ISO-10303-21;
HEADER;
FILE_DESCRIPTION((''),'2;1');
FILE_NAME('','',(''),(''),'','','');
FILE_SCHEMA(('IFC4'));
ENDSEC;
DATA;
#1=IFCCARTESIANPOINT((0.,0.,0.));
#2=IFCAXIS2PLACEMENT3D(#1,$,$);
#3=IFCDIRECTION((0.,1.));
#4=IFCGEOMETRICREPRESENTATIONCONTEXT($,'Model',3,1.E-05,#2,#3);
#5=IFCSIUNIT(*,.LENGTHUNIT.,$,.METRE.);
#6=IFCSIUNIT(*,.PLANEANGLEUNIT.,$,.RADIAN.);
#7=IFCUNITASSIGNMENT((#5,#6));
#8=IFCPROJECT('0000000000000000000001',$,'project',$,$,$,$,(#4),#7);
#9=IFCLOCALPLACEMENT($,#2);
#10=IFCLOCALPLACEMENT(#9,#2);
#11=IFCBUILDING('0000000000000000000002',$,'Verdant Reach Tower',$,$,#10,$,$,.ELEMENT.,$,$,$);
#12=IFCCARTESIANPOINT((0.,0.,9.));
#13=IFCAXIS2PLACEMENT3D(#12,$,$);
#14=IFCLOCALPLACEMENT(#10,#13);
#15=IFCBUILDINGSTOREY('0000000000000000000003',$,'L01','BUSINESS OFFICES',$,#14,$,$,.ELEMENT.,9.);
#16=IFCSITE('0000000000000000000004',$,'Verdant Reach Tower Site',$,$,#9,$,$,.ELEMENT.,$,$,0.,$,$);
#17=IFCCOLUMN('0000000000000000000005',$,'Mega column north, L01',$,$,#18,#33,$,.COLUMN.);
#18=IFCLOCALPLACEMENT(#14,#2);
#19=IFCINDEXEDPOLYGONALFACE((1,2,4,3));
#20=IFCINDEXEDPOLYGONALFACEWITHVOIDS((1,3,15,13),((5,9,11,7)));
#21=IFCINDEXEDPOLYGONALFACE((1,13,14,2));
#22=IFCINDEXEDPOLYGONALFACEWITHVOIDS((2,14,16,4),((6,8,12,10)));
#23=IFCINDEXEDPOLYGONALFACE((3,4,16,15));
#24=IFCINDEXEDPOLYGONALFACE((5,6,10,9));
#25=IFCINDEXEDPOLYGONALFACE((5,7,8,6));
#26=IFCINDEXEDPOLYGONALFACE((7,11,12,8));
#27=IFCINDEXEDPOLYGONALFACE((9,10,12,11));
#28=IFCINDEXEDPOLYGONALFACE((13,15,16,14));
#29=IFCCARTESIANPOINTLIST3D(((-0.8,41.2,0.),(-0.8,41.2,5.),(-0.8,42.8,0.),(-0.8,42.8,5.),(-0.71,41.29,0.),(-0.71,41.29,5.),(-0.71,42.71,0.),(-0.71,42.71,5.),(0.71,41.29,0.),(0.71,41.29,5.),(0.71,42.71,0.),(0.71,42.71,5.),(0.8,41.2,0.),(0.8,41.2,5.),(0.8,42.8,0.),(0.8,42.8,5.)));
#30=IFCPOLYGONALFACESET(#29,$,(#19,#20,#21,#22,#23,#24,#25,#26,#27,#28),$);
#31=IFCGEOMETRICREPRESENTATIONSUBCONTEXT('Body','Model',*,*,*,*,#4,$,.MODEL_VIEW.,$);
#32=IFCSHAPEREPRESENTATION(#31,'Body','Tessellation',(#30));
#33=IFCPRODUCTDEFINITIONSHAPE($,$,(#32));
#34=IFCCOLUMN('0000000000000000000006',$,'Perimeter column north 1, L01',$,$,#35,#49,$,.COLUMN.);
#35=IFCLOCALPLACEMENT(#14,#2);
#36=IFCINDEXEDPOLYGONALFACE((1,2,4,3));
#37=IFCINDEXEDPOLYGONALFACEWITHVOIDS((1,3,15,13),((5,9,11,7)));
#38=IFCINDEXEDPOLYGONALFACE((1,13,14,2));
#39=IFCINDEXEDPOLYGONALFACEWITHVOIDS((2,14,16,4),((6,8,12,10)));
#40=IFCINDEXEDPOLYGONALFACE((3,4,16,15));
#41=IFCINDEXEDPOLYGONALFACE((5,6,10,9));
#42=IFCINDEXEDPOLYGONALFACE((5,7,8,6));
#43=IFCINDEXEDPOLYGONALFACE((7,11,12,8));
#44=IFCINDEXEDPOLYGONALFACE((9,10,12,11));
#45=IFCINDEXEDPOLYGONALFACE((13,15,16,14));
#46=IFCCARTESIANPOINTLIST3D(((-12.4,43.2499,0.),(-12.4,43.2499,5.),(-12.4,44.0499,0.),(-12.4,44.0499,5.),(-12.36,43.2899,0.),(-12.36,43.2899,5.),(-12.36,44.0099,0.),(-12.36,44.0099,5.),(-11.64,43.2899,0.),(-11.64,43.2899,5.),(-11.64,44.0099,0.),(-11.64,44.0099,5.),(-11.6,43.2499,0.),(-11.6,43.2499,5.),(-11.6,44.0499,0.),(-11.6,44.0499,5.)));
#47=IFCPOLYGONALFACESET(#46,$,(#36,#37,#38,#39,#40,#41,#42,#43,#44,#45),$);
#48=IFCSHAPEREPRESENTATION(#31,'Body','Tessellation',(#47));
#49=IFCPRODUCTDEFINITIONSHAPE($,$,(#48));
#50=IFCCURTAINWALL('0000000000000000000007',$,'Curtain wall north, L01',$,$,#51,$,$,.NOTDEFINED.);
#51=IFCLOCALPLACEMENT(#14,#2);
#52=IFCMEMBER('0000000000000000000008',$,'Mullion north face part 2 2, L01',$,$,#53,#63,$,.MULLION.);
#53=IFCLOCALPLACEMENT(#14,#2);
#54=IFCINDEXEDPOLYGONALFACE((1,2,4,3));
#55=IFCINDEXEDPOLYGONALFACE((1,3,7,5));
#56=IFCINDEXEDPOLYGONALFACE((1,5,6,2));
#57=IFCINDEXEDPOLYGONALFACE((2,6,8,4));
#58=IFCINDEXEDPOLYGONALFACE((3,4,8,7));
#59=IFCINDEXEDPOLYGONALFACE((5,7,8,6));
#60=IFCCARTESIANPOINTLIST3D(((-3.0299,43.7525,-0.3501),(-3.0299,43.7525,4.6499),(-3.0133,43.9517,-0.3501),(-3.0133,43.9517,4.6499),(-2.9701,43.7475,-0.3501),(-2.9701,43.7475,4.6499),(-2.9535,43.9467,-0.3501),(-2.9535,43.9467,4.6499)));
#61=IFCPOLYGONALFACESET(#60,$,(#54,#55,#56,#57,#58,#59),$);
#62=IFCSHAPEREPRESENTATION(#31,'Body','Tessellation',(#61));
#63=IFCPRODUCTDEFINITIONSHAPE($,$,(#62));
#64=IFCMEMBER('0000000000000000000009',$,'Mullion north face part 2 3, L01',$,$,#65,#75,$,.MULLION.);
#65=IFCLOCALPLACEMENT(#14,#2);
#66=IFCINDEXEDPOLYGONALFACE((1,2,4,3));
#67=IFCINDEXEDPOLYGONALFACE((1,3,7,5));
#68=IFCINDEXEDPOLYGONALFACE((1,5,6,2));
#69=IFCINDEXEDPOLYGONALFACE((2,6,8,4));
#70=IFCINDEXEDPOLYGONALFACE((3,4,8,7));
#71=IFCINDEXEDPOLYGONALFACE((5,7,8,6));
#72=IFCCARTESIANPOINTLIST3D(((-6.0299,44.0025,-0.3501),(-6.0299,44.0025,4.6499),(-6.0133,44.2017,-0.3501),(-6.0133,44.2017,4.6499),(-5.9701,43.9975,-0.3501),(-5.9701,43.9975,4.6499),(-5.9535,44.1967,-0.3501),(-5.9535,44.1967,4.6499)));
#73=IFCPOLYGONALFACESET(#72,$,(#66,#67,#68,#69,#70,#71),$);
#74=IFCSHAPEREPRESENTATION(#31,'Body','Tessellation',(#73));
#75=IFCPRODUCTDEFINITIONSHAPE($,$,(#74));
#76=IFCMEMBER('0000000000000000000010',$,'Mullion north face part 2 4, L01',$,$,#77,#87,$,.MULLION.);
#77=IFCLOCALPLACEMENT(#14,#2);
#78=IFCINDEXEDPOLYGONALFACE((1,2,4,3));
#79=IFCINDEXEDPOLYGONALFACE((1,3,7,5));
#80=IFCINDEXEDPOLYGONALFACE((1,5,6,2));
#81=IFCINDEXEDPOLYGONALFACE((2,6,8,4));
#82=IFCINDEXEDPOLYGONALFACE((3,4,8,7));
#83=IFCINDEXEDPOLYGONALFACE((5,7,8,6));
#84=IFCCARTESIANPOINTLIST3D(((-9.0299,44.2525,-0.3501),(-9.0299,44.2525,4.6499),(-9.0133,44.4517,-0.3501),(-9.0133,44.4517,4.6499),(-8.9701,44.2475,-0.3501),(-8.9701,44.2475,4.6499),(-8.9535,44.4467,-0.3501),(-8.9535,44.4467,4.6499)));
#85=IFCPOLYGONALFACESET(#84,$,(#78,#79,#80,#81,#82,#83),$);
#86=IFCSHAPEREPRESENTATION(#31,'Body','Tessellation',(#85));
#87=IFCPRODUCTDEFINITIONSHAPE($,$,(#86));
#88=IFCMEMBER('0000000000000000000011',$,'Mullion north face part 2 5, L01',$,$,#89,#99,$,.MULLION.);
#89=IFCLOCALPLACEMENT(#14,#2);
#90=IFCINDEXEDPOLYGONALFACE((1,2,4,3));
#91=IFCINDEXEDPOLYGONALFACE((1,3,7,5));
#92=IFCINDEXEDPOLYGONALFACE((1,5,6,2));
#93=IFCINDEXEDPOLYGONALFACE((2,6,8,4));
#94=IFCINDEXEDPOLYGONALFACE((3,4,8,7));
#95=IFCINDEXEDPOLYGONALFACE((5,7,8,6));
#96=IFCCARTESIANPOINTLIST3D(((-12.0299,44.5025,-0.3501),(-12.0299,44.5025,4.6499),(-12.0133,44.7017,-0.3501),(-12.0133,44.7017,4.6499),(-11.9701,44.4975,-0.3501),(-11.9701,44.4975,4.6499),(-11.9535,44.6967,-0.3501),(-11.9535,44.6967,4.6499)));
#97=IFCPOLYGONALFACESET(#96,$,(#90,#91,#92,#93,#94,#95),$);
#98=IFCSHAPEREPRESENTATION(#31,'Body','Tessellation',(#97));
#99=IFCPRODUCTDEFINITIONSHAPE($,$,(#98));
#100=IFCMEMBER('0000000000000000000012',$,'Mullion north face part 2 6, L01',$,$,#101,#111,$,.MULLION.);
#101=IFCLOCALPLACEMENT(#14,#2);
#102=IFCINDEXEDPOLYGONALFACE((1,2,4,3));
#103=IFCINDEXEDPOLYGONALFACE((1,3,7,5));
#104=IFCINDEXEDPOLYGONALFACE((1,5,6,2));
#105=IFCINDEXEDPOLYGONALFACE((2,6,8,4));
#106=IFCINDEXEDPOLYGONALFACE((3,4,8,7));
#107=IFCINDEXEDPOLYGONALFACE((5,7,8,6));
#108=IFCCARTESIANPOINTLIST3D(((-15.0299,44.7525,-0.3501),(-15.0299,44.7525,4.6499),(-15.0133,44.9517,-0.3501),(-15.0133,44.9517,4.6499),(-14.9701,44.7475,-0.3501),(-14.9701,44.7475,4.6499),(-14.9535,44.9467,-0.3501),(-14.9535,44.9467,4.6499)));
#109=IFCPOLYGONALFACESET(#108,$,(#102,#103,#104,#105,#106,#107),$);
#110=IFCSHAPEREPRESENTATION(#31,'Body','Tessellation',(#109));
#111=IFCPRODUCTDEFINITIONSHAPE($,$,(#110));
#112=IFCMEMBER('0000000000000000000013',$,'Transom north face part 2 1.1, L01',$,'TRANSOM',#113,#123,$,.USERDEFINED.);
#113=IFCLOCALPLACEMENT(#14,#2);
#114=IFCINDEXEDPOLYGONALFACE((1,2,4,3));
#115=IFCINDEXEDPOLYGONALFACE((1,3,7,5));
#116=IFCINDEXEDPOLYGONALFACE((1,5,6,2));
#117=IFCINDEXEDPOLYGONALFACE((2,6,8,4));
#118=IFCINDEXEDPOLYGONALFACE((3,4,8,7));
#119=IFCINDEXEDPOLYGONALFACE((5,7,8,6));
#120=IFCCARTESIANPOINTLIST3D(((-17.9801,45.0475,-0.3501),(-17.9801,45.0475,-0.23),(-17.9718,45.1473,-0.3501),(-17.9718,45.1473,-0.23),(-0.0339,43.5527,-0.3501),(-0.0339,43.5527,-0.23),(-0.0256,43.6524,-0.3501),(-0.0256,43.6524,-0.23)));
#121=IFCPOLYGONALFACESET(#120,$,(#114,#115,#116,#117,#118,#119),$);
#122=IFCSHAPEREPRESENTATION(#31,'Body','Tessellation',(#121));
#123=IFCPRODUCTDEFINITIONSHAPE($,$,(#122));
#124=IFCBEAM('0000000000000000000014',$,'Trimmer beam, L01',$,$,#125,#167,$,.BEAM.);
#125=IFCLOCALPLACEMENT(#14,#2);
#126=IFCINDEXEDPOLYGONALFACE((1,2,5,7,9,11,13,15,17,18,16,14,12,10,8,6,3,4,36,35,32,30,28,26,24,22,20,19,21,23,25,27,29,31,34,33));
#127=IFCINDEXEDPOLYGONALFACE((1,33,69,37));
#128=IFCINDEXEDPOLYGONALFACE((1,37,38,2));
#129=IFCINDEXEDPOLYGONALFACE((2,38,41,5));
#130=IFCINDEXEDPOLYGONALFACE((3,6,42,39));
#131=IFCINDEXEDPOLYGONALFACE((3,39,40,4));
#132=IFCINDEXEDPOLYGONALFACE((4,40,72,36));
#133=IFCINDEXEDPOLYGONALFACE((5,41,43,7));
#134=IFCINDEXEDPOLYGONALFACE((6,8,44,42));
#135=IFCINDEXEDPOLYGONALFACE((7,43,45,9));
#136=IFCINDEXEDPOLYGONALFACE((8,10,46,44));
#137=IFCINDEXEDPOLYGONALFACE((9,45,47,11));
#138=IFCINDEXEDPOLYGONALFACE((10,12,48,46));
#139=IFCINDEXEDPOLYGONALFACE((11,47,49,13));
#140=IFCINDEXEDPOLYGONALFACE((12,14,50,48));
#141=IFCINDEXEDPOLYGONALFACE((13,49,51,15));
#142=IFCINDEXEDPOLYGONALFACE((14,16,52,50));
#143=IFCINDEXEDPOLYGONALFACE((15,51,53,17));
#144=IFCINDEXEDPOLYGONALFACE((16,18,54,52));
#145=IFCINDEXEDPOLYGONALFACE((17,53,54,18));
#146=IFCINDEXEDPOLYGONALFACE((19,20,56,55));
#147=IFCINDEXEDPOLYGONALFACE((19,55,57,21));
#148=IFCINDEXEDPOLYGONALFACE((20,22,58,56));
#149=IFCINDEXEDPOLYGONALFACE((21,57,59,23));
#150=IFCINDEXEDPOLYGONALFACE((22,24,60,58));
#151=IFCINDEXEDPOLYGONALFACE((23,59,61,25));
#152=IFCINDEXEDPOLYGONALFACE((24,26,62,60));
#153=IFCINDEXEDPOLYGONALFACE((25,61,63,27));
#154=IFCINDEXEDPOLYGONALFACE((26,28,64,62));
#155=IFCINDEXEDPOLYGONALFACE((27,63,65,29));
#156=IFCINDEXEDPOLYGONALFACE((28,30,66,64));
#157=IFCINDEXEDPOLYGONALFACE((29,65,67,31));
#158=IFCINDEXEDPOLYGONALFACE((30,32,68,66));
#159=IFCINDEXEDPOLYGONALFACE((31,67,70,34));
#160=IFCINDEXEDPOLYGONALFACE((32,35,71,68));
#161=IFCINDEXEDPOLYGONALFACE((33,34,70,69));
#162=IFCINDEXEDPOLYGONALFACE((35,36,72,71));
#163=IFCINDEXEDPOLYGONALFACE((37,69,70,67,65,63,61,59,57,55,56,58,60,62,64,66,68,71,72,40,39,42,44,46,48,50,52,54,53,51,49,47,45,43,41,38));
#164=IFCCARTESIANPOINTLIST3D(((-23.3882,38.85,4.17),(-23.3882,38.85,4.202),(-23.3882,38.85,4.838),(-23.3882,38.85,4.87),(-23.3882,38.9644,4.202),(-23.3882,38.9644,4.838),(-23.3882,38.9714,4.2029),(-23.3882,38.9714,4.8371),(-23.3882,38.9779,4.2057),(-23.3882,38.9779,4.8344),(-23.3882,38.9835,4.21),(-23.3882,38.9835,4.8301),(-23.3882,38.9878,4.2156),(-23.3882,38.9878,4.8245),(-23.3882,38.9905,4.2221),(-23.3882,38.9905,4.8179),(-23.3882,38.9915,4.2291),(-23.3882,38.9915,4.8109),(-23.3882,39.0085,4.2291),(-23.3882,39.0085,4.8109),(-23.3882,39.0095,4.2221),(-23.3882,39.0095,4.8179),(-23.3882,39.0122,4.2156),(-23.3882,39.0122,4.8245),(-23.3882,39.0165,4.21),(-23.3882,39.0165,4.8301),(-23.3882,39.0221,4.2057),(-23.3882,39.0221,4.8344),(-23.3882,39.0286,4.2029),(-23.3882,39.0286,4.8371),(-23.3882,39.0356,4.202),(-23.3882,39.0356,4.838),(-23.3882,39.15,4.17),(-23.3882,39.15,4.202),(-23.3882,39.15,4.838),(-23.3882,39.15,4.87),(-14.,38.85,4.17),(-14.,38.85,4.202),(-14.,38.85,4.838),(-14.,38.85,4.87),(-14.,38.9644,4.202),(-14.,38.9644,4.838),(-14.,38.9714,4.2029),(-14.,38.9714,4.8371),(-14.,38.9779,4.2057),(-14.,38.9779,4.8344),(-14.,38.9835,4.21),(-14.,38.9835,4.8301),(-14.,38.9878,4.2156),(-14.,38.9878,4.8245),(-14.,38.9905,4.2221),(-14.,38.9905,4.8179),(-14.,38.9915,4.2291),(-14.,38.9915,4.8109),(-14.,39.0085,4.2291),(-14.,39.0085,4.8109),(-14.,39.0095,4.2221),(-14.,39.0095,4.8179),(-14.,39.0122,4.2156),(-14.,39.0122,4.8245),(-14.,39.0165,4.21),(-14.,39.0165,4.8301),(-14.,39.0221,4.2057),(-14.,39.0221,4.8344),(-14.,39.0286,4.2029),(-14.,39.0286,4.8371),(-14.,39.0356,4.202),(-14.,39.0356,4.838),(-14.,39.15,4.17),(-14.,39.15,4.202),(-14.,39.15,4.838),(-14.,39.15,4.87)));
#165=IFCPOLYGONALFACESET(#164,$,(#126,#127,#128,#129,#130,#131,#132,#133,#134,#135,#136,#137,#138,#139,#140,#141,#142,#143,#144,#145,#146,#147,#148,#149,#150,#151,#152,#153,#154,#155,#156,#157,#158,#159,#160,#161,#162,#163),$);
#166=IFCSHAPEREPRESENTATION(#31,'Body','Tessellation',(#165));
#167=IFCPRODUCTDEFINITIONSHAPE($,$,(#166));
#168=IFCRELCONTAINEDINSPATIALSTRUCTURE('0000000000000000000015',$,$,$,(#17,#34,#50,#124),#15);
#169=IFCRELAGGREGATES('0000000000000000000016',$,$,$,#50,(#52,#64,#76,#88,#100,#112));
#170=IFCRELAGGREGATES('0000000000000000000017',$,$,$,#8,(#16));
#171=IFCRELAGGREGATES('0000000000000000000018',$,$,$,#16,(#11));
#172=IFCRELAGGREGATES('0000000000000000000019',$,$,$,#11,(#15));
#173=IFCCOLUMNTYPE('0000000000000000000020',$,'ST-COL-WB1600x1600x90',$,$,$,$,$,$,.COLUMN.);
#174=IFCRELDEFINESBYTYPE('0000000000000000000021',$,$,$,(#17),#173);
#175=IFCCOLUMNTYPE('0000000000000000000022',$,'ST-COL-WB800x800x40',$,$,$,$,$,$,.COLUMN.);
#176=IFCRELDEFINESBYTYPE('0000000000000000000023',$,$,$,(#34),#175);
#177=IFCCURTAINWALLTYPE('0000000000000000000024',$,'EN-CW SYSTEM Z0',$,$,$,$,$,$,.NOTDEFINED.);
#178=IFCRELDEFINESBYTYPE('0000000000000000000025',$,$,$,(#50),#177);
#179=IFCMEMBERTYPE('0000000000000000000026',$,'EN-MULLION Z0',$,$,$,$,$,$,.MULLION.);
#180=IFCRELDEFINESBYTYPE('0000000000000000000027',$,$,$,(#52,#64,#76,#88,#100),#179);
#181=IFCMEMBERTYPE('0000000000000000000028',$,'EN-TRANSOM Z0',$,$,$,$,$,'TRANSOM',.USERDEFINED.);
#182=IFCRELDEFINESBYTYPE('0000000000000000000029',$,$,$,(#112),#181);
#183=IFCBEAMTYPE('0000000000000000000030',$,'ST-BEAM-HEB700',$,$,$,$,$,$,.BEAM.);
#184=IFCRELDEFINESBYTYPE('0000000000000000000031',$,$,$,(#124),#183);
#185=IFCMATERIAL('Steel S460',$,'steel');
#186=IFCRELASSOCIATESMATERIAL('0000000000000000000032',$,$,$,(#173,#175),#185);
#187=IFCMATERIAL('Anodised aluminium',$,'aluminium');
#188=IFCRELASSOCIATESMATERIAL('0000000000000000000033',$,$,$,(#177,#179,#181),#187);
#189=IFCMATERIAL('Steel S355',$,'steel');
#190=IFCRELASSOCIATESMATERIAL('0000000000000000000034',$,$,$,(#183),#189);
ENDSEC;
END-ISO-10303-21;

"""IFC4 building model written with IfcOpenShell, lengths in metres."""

from ifc_helpers import new_model, si_unit, direction, frame, origin, origin_2d, place, context, subcontext, project, spatial, rectangle, hollow_rectangle, i_section, extrude, material, material_profile, profile_set, type_object, element, aggregate, save


model = new_model("IFC4")

# Units and contexts
model_context = context("Model", 3, precision=1e-05, world=origin(), true_north=direction((0.0, 1.0)))
body_context = subcontext(model_context, "Body", "Model", "MODEL_VIEW")
ifc_project = project(units=[si_unit("LENGTHUNIT", "METRE"), si_unit("PLANEANGLEUNIT", "RADIAN")], contexts=[model_context])

# Site, building, storey
site_placement = place(None, origin())
site = spatial("IfcSite", under=ifc_project, at=site_placement, Name="Verdant Reach Tower Site", CompositionType="ELEMENT", RefElevation=0.0)
building_placement = place(site_placement, origin())
building = spatial("IfcBuilding", under=site, at=building_placement, Name="Verdant Reach Tower", CompositionType="ELEMENT")
storey_placement = place(building_placement, frame((0.0, 0.0, 9.0)))
storey = spatial("IfcBuildingStorey", under=building, at=storey_placement, Name="L01", Description="BUSINESS OFFICES", CompositionType="ELEMENT", Elevation=9.0)

# Columns
ifc_material_1 = material(Name="Steel S460", Category="steel")
ifc_material_profile_1 = material_profile(ifc_material_1, hollow_rectangle(XDim=1.6001, YDim=1.6001, WallThickness=0.0901, at=origin_2d()), Name="WB 1600x1600x90")
ifc_profile_set_1 = profile_set([ifc_material_profile_1], Name="Steel S460")
column_type_1 = type_object("IfcColumnType", Name="ST-COL-WB1600x1600x90", PredefinedType="COLUMN", material=ifc_profile_set_1)
column_1_placement = place(storey_placement, frame((0.0, 42.0, 0.0), z_axis=(0.0, 0.0, 1.0), x_axis=(1.0, 0.0, 0.0)))
element("IfcColumn", 1, at=column_1_placement, inside=storey, type_object=column_type_1, Name="Mega column north, L01", PredefinedType="COLUMN", context=body_context, shape_type="SweptSolid", body=[
    extrude(hollow_rectangle(XDim=1.6001, YDim=1.6001, WallThickness=0.0901, at=origin_2d()), origin(), (0.0, 0.0, 1.0), 5.0),
])
ifc_material_profile_2 = material_profile(ifc_material_1, hollow_rectangle(XDim=0.8, YDim=0.8, WallThickness=0.04, at=origin_2d()), Name="WB 800x800x40")
ifc_profile_set_2 = profile_set([ifc_material_profile_2], Name="Steel S460")
column_type_2 = type_object("IfcColumnType", Name="ST-COL-WB800x800x40", PredefinedType="COLUMN", material=ifc_profile_set_2)
column_2_placement = place(storey_placement, frame((-12.0, 43.6499, 0.0), z_axis=(0.0, 0.0, 1.0), x_axis=(1.0, 0.0, 0.0)))
element("IfcColumn", 2, at=column_2_placement, inside=storey, type_object=column_type_2, Name="Perimeter column north 1, L01", PredefinedType="COLUMN", context=body_context, shape_type="SweptSolid", body=[
    extrude(hollow_rectangle(XDim=0.8, YDim=0.8, WallThickness=0.04, at=origin_2d()), origin(), (0.0, 0.0, 1.0), 5.0),
])

# Curtain wall, members
ifc_material_2 = material(Name="Anodised aluminium", Category="aluminium")
curtain_wall_type = type_object("IfcCurtainWallType", Name="EN-CW SYSTEM Z0", PredefinedType="NOTDEFINED", material=ifc_material_2)
curtain_wall_placement = place(storey_placement, origin())
curtain_wall = element("IfcCurtainWall", 3, at=curtain_wall_placement, inside=storey, type_object=curtain_wall_type, Name="Curtain wall north, L01", PredefinedType="NOTDEFINED")
ifc_material_profile_3 = material_profile(ifc_material_2, rectangle(XDim=0.2, YDim=0.0601, at=origin_2d()), Name="Mullion 60x200")
ifc_profile_set_3 = profile_set([ifc_material_profile_3], Name="Anodised aluminium")
member_type_1 = type_object("IfcMemberType", Name="EN-MULLION Z0", PredefinedType="MULLION", material=ifc_profile_set_3)
member_1_placement = place(storey_placement, frame((-2.9917, 43.8496, -0.3501), z_axis=(0.0, 0.0, 1.0), x_axis=(0.083045, 0.996546, 0.0)))
member_1 = element("IfcMember", 4, at=member_1_placement, type_object=member_type_1, Name="Mullion north face part 2 2, L01", PredefinedType="MULLION", context=body_context, shape_type="SweptSolid", body=[
    extrude(rectangle(XDim=0.2, YDim=0.0601, at=origin_2d()), origin(), (0.0, 0.0, 1.0), 5.0),
])
member_2_placement = place(storey_placement, frame((-5.9917, 44.0996, -0.3501), z_axis=(0.0, 0.0, 1.0), x_axis=(0.083045, 0.996546, 0.0)))
member_2 = element("IfcMember", 5, at=member_2_placement, type_object=member_type_1, Name="Mullion north face part 2 3, L01", PredefinedType="MULLION", context=body_context, shape_type="SweptSolid", body=[
    extrude(rectangle(XDim=0.2, YDim=0.0601, at=origin_2d()), origin(), (0.0, 0.0, 1.0), 5.0),
])
member_3_placement = place(storey_placement, frame((-8.9917, 44.3496, -0.3501), z_axis=(0.0, 0.0, 1.0), x_axis=(0.083045, 0.996546, 0.0)))
member_3 = element("IfcMember", 6, at=member_3_placement, type_object=member_type_1, Name="Mullion north face part 2 4, L01", PredefinedType="MULLION", context=body_context, shape_type="SweptSolid", body=[
    extrude(rectangle(XDim=0.2, YDim=0.0601, at=origin_2d()), origin(), (0.0, 0.0, 1.0), 5.0),
])
member_4_placement = place(storey_placement, frame((-11.9917, 44.5996, -0.3501), z_axis=(0.0, 0.0, 1.0), x_axis=(0.083045, 0.996546, 0.0)))
member_4 = element("IfcMember", 7, at=member_4_placement, type_object=member_type_1, Name="Mullion north face part 2 5, L01", PredefinedType="MULLION", context=body_context, shape_type="SweptSolid", body=[
    extrude(rectangle(XDim=0.2, YDim=0.0601, at=origin_2d()), origin(), (0.0, 0.0, 1.0), 5.0),
])
member_5_placement = place(storey_placement, frame((-14.9917, 44.8496, -0.3501), z_axis=(0.0, 0.0, 1.0), x_axis=(0.083045, 0.996546, 0.0)))
member_5 = element("IfcMember", 8, at=member_5_placement, type_object=member_type_1, Name="Mullion north face part 2 6, L01", PredefinedType="MULLION", context=body_context, shape_type="SweptSolid", body=[
    extrude(rectangle(XDim=0.2, YDim=0.0601, at=origin_2d()), origin(), (0.0, 0.0, 1.0), 5.0),
])
ifc_material_profile_4 = material_profile(ifc_material_2, rectangle(XDim=0.1001, YDim=0.1201, at=origin_2d()), Name="Transom 120x100")
ifc_profile_set_4 = profile_set([ifc_material_profile_4], Name="Anodised aluminium")
member_type_2 = type_object("IfcMemberType", Name="EN-TRANSOM Z0", ElementType="TRANSOM", PredefinedType="USERDEFINED", material=ifc_profile_set_4)
member_6_placement = place(storey_placement, frame((-0.0298, 43.6025, -0.29), z_axis=(-0.996549, 0.083011, 0.0), x_axis=(-0.083011, -0.996549, 0.0)))
member_6 = element("IfcMember", 9, at=member_6_placement, type_object=member_type_2, Name="Transom north face part 2 1.1, L01", ObjectType="TRANSOM", PredefinedType="USERDEFINED", context=body_context, shape_type="SweptSolid", body=[
    extrude(rectangle(XDim=0.1001, YDim=0.1201, at=origin_2d()), origin(), (0.0, 0.0, 1.0), 18.0083),
])

# Beam
ifc_material_3 = material(Name="Steel S355", Category="steel")
ifc_material_profile_5 = material_profile(ifc_material_3, i_section(OverallWidth=0.3, OverallDepth=0.7, WebThickness=0.0171, FlangeThickness=0.032, FilletRadius=0.0271, at=origin_2d()), Name="HEB 700")
ifc_profile_set_5 = profile_set([ifc_material_profile_5], Name="Steel S355")
beam_type_1 = type_object("IfcBeamType", Name="ST-BEAM-HEB700", PredefinedType="BEAM", material=ifc_profile_set_5)
beam_1_placement = place(storey_placement, frame((-14.0, 39.0, 4.52), z_axis=(-1.0, 0.0, 0.0), x_axis=(0.0, -1.0, 0.0)))
element("IfcBeam", 10, at=beam_1_placement, inside=storey, type_object=beam_type_1, Name="Trimmer beam, L01", PredefinedType="BEAM", context=body_context, shape_type="SweptSolid", body=[
    extrude(i_section(OverallWidth=0.3, OverallDepth=0.7, WebThickness=0.0171, FlangeThickness=0.032, FilletRadius=0.0271, at=origin_2d()), origin(), (0.0, 0.0, 1.0), 9.3882),
])

aggregate(curtain_wall, [member_1, member_2, member_3, member_4, member_5, member_6])

save(model, "model.ifc")
